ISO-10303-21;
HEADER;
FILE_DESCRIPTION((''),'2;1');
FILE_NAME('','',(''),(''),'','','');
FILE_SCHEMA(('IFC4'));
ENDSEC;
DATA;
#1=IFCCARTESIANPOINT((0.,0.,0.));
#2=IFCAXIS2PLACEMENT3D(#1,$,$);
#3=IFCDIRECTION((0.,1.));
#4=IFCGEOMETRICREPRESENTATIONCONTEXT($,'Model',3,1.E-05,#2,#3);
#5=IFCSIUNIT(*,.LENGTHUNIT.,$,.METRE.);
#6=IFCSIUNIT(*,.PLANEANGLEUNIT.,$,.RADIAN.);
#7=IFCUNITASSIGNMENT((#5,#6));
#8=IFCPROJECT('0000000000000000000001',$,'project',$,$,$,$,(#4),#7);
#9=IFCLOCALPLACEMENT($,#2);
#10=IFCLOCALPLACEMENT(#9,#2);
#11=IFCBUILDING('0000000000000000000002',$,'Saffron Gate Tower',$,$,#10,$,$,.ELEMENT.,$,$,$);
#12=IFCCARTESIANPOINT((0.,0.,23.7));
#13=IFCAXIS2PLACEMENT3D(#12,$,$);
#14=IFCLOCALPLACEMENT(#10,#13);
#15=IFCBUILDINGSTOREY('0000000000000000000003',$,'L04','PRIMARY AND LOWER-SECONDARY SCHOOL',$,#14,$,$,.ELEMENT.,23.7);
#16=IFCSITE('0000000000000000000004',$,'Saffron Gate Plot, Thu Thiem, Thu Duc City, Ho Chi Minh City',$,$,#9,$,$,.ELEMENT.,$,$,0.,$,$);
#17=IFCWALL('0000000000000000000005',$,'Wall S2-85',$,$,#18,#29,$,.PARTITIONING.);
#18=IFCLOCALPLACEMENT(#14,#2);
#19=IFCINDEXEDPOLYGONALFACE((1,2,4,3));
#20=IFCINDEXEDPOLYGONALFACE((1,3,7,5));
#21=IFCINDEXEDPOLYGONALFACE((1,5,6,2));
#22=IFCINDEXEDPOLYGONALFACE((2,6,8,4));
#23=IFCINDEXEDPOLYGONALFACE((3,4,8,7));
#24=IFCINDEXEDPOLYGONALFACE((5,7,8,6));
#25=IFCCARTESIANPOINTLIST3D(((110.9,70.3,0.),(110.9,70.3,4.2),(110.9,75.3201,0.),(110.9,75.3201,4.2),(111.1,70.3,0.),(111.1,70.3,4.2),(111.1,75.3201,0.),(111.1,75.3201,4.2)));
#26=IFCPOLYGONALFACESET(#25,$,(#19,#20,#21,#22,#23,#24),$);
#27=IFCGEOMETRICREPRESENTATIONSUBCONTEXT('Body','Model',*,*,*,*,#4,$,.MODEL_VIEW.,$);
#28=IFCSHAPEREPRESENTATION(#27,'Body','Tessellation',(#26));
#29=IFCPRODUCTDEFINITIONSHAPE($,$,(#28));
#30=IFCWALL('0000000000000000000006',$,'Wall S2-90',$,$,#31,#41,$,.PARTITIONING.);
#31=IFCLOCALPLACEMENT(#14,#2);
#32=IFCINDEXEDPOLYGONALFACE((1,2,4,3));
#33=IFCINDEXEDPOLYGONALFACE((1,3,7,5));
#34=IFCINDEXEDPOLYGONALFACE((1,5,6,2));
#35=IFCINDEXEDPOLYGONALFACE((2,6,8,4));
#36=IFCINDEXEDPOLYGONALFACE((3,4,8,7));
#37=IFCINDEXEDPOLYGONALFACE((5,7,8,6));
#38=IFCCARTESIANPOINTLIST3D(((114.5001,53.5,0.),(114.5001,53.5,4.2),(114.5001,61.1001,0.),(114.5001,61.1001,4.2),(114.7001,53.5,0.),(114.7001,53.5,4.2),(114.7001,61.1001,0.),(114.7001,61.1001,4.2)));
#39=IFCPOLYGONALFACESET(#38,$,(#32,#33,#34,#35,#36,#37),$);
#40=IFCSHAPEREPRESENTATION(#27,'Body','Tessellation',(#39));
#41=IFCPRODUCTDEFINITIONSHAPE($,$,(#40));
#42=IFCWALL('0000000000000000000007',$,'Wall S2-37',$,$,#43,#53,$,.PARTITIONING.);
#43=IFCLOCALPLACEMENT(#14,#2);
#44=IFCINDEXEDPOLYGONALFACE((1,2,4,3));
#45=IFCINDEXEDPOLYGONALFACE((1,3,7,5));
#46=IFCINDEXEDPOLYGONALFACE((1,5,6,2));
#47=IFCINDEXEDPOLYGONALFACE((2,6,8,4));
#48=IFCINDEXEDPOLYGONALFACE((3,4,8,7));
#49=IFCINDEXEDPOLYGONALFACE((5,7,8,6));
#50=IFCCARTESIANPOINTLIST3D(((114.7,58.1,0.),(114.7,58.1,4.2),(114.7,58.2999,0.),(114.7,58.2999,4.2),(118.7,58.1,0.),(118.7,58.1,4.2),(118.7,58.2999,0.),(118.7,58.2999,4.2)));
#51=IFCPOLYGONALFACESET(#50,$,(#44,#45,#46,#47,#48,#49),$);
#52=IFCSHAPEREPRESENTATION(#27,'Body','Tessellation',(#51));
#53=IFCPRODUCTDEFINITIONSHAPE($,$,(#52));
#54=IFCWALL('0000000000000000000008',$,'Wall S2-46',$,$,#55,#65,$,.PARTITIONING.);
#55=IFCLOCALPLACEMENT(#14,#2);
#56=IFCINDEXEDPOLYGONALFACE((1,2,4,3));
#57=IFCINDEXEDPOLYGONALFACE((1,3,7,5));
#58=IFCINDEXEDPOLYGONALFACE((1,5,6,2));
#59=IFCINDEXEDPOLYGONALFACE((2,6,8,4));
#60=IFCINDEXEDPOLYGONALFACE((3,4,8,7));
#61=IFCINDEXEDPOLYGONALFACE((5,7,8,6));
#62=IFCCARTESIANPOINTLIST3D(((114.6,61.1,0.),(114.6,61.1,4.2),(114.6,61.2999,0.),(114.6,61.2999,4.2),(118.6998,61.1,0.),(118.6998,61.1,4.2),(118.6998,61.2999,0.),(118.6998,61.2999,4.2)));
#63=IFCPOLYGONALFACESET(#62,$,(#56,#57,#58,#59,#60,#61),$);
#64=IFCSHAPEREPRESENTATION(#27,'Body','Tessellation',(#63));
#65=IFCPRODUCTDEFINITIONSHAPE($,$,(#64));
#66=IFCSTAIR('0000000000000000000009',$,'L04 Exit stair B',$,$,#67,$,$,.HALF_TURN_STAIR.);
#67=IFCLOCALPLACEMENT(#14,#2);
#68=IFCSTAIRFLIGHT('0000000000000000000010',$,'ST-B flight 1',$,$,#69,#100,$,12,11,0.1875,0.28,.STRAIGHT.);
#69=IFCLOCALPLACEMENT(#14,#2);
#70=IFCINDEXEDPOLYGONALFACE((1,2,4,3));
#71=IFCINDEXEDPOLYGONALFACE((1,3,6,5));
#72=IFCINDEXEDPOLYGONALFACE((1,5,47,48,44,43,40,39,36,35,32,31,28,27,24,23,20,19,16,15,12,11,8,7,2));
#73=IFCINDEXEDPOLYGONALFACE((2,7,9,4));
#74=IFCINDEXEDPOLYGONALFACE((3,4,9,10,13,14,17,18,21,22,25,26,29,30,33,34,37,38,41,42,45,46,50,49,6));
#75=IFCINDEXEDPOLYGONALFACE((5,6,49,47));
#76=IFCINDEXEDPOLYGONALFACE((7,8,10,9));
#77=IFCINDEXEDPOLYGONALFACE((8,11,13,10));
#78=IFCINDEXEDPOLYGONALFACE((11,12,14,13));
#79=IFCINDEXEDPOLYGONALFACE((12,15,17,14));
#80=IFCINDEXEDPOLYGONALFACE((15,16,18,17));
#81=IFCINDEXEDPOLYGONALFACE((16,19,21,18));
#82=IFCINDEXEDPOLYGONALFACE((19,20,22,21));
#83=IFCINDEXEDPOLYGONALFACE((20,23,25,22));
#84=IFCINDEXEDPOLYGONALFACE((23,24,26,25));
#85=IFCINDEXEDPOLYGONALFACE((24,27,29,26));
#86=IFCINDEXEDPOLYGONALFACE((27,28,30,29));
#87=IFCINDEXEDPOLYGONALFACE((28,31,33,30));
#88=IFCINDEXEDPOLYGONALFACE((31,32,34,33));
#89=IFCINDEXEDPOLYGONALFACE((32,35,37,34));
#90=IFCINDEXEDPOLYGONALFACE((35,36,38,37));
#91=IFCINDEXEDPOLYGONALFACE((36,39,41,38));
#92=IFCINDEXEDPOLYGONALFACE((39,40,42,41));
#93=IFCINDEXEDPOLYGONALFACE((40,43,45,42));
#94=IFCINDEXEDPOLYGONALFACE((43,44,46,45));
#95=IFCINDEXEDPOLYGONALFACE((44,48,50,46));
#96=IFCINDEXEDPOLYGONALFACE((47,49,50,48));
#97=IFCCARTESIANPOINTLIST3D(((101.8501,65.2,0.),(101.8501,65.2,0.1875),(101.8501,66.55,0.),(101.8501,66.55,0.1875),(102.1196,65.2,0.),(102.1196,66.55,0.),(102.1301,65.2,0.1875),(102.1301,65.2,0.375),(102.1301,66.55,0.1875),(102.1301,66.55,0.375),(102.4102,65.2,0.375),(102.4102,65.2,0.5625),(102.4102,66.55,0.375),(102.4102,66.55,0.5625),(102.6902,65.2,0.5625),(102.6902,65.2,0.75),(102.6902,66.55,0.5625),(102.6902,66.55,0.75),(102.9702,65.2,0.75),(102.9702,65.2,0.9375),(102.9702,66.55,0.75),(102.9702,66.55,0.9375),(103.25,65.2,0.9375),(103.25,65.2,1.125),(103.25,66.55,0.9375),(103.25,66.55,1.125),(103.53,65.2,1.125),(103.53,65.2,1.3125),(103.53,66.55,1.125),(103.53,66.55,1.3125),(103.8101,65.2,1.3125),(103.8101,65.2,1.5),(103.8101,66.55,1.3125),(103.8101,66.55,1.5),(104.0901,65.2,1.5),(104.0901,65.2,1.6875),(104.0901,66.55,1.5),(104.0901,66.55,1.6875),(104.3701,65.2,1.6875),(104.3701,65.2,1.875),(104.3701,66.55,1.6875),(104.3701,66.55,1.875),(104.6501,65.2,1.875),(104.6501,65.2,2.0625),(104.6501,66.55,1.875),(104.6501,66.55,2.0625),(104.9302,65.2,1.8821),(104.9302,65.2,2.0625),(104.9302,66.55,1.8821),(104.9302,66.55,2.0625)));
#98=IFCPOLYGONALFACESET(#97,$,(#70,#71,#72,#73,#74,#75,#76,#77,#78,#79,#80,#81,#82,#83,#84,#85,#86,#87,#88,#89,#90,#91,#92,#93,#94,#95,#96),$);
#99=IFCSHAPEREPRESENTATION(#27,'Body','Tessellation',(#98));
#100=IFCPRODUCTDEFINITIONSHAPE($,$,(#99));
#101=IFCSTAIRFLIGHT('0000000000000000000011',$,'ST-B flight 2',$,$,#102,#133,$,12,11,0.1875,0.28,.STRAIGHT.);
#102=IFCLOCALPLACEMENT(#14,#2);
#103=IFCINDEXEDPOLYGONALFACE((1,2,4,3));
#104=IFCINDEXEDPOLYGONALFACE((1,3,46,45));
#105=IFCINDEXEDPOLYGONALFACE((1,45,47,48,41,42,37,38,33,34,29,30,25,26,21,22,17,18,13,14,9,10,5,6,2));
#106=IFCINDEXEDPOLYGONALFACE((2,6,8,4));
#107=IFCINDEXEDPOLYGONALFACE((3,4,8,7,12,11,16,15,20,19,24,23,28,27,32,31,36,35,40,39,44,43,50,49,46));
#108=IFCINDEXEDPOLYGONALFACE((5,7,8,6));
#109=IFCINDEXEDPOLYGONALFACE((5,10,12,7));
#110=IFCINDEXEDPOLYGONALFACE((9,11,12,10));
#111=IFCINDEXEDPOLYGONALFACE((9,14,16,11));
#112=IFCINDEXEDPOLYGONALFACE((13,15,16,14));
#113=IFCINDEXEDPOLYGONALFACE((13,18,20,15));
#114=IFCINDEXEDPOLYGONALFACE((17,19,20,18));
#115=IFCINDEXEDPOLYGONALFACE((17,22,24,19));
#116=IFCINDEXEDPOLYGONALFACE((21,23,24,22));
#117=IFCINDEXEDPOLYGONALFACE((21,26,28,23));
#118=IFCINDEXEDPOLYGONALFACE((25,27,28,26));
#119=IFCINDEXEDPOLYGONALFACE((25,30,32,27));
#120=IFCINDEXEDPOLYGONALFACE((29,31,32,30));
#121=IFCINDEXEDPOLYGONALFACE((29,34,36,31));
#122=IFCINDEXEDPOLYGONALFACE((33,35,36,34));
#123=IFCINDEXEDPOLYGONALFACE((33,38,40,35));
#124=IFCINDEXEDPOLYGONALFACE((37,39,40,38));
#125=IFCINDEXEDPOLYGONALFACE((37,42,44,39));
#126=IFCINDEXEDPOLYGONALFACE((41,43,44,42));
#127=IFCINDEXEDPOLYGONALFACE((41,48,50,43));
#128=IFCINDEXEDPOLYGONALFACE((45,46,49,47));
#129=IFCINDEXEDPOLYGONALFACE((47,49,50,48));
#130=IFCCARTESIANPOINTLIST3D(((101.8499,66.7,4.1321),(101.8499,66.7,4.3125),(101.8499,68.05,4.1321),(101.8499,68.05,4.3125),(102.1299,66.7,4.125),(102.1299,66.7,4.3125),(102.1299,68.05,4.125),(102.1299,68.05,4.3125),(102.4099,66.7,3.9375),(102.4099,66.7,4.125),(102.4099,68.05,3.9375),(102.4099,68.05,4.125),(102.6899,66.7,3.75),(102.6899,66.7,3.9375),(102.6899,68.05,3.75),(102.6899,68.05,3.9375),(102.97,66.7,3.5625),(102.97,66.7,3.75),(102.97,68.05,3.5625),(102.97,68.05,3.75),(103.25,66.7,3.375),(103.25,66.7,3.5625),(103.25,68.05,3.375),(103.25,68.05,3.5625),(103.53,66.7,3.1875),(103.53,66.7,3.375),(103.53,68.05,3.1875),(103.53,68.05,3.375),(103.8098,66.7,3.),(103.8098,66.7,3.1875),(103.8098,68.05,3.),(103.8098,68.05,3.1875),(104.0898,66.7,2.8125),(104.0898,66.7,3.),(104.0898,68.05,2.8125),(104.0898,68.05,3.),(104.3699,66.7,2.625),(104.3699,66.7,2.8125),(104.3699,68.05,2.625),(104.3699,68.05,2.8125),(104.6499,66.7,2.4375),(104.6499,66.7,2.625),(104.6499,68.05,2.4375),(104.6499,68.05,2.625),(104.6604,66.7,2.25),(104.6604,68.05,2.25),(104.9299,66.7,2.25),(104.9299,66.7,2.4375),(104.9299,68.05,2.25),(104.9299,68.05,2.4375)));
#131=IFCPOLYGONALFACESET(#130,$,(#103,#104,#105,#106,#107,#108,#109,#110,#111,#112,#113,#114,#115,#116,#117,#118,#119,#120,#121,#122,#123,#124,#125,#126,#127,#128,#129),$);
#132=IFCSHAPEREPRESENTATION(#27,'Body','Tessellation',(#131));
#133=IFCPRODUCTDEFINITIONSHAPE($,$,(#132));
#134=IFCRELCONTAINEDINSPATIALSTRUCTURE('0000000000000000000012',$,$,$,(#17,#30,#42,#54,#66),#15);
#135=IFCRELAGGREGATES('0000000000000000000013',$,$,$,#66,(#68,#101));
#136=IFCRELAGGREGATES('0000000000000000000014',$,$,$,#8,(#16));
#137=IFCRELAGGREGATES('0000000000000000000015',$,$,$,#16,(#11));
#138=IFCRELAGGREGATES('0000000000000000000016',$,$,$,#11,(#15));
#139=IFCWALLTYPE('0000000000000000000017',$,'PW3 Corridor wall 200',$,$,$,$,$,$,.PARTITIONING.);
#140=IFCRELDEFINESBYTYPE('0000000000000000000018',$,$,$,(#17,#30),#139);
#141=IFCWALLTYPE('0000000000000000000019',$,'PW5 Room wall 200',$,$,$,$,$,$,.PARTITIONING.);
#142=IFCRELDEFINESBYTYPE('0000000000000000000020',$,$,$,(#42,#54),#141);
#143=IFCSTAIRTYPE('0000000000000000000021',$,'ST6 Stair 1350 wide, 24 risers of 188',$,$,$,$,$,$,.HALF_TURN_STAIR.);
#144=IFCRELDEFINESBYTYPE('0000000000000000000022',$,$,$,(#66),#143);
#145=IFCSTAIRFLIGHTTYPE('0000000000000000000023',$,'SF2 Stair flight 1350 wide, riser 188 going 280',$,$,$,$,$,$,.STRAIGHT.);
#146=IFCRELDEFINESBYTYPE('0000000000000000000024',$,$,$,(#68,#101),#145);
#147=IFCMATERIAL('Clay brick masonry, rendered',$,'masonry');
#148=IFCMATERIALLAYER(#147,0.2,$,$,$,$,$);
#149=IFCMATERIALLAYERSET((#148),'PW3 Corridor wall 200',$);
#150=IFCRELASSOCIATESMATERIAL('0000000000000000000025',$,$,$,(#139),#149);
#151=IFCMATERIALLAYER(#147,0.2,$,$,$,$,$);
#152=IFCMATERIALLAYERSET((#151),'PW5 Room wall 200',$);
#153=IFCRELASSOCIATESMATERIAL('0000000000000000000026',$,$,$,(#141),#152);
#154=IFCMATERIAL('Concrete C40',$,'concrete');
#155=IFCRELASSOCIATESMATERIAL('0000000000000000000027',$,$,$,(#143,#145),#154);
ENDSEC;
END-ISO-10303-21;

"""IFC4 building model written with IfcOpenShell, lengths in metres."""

from ifc_helpers import new_model, si_unit, direction, frame, frame_2d, origin, place, context, subcontext, project, spatial, polyline, rectangle, outline, extrude, material, layer, layer_set, type_object, element, aggregate, save


model = new_model("IFC4")

# Units and contexts
model_context = context("Model", 3, precision=1e-05, world=origin(), true_north=direction((0.0, 1.0)))
body_context = subcontext(model_context, "Body", "Model", "MODEL_VIEW")
ifc_project = project(units=[si_unit("LENGTHUNIT", "METRE"), si_unit("PLANEANGLEUNIT", "RADIAN")], contexts=[model_context])

# Site, building, storey
site_placement = place(None, origin())
site = spatial("IfcSite", under=ifc_project, at=site_placement, Name="Saffron Gate Plot, Thu Thiem, Thu Duc City, Ho Chi Minh City", CompositionType="ELEMENT", RefElevation=0.0)
building_placement = place(site_placement, origin())
building = spatial("IfcBuilding", under=site, at=building_placement, Name="Saffron Gate Tower", CompositionType="ELEMENT")
storey_placement = place(building_placement, frame((0.0, 0.0, 23.7)))
storey = spatial("IfcBuildingStorey", under=building, at=storey_placement, Name="L04", Description="PRIMARY AND LOWER-SECONDARY SCHOOL", CompositionType="ELEMENT", Elevation=23.7)

# Shared definitions
ifc_material_1 = material(Name="Clay brick masonry, rendered", Category="masonry")
ifc_layer_1 = layer(ifc_material_1, 0.2)
ifc_layer_set_1 = layer_set([ifc_layer_1], Name="PW3 Corridor wall 200")
wall_type_1 = type_object("IfcWallType", Name="PW3 Corridor wall 200", PredefinedType="PARTITIONING", material=ifc_layer_set_1)

# Walls
wall_1_placement = place(storey_placement, frame((111.0, 75.3201, 0.0), z_axis=(0.0, 0.0, 1.0), x_axis=(0.0, -1.0, 0.0)))
element("IfcWall", 1, at=wall_1_placement, inside=storey, type_object=wall_type_1, Name="Wall S2-85", PredefinedType="PARTITIONING", context=body_context, shape_type="SweptSolid", body=[
    extrude(rectangle(XDim=5.02, YDim=0.2, at=frame_2d((2.51, 0.0))), origin(), (0.0, 0.0, 1.0), 4.2),
])
wall_2_placement = place(storey_placement, frame((114.6001, 61.1001, 0.0), z_axis=(0.0, 0.0, 1.0), x_axis=(0.0, -1.0, 0.0)))
element("IfcWall", 2, at=wall_2_placement, inside=storey, type_object=wall_type_1, Name="Wall S2-90", PredefinedType="PARTITIONING", context=body_context, shape_type="SweptSolid", body=[
    extrude(rectangle(XDim=7.6001, YDim=0.2, at=frame_2d((3.8, 0.0))), origin(), (0.0, 0.0, 1.0), 4.2),
])
ifc_layer_2 = layer(ifc_material_1, 0.2)
ifc_layer_set_2 = layer_set([ifc_layer_2], Name="PW5 Room wall 200")
wall_type_2 = type_object("IfcWallType", Name="PW5 Room wall 200", PredefinedType="PARTITIONING", material=ifc_layer_set_2)
wall_3_placement = place(storey_placement, frame((114.7, 58.2, 0.0), z_axis=(0.0, 0.0, 1.0), x_axis=(1.0, 0.0, 0.0)))
element("IfcWall", 3, at=wall_3_placement, inside=storey, type_object=wall_type_2, Name="Wall S2-37", PredefinedType="PARTITIONING", context=body_context, shape_type="SweptSolid", body=[
    extrude(rectangle(XDim=4.0, YDim=0.2, at=frame_2d((2.0, 0.0))), origin(), (0.0, 0.0, 1.0), 4.2),
])
wall_4_placement = place(storey_placement, frame((114.6001, 61.2, 0.0), z_axis=(0.0, 0.0, 1.0), x_axis=(1.0, 0.0, 0.0)))
element("IfcWall", 4, at=wall_4_placement, inside=storey, type_object=wall_type_2, Name="Wall S2-46", PredefinedType="PARTITIONING", context=body_context, shape_type="SweptSolid", body=[
    extrude(rectangle(XDim=4.0999, YDim=0.2, at=frame_2d((2.0498, 0.0))), origin(), (0.0, 0.0, 1.0), 4.2),
])

# Stair, stair flights
ifc_material_2 = material(Name="Concrete C40", Category="concrete")
stair_type = type_object("IfcStairType", Name="ST6 Stair 1350 wide, 24 risers of 188", PredefinedType="HALF_TURN_STAIR", material=ifc_material_2)
stair_placement = place(storey_placement, origin())
stair = element("IfcStair", 5, at=stair_placement, inside=storey, type_object=stair_type, Name="L04 Exit stair B", PredefinedType="HALF_TURN_STAIR")
stair_flight_type = type_object("IfcStairFlightType", Name="SF2 Stair flight 1350 wide, riser 188 going 280", PredefinedType="STRAIGHT", material=ifc_material_2)
stair_flight_1_placement = place(storey_placement, frame((101.8501, 65.875, 0.0), z_axis=(0.0, 0.0, 1.0), x_axis=(1.0, 0.0, 0.0)))
stair_flight_1 = element("IfcStairFlight", 6, at=stair_flight_1_placement, type_object=stair_flight_type, Name="ST-B flight 1", NumberOfRisers=12, NumberOfTreads=11, PredefinedType="STRAIGHT", RiserHeight=0.1875, TreadLength=0.28, context=body_context, shape_type="SweptSolid", body=[
    extrude(outline(polyline([(0.0, 0.0), (0.0, 0.1875), (0.28, 0.1875), (0.28, 0.375), (0.5601, 0.375), (0.5601, 0.5625), (0.8401, 0.5625), (0.8401, 0.75), (1.1201, 0.75), (1.1201, 0.9375), (1.3999, 0.9375), (1.3999, 1.125), (1.6799, 1.125), (1.6799, 1.3125), (1.96, 1.3125), (1.96, 1.5), (2.24, 1.5), (2.24, 1.6875), (2.52, 1.6875), (2.52, 1.875), (2.8, 1.875), (2.8, 2.0625), (3.0801, 2.0625), (3.0801, 2.25), (3.0801, 1.8821), (0.2695, 0.0), (0.0, 0.0)])), frame((0.0, 0.675, 0.0), z_axis=(0.0, -1.0, 0.0), x_axis=(1.0, 0.0, 0.0)), (0.0, 0.0, 1.0), 1.3501),
])
stair_flight_2_placement = place(storey_placement, frame((104.9299, 67.375, 2.25), z_axis=(0.0, 0.0, 1.0), x_axis=(-1.0, 0.0, 0.0)))
stair_flight_2 = element("IfcStairFlight", 7, at=stair_flight_2_placement, type_object=stair_flight_type, Name="ST-B flight 2", NumberOfRisers=12, NumberOfTreads=11, PredefinedType="STRAIGHT", RiserHeight=0.1875, TreadLength=0.28, context=body_context, shape_type="SweptSolid", body=[
    extrude(outline(polyline([(0.0, 0.0), (0.0, 0.1875), (0.28, 0.1875), (0.28, 0.375), (0.5601, 0.375), (0.5601, 0.5625), (0.8401, 0.5625), (0.8401, 0.75), (1.1201, 0.75), (1.1201, 0.9375), (1.3999, 0.9375), (1.3999, 1.125), (1.6799, 1.125), (1.6799, 1.3125), (1.96, 1.3125), (1.96, 1.5), (2.24, 1.5), (2.24, 1.6875), (2.52, 1.6875), (2.52, 1.875), (2.8, 1.875), (2.8, 2.0625), (3.0801, 2.0625), (3.0801, 2.25), (3.0801, 1.8821), (0.2695, 0.0), (0.0, 0.0)])), frame((0.0, 0.675, 0.0), z_axis=(0.0, -1.0, 0.0), x_axis=(1.0, 0.0, 0.0)), (0.0, 0.0, 1.0), 1.3501),
])
aggregate(stair, [stair_flight_1, stair_flight_2])

save(model, "model.ifc")
